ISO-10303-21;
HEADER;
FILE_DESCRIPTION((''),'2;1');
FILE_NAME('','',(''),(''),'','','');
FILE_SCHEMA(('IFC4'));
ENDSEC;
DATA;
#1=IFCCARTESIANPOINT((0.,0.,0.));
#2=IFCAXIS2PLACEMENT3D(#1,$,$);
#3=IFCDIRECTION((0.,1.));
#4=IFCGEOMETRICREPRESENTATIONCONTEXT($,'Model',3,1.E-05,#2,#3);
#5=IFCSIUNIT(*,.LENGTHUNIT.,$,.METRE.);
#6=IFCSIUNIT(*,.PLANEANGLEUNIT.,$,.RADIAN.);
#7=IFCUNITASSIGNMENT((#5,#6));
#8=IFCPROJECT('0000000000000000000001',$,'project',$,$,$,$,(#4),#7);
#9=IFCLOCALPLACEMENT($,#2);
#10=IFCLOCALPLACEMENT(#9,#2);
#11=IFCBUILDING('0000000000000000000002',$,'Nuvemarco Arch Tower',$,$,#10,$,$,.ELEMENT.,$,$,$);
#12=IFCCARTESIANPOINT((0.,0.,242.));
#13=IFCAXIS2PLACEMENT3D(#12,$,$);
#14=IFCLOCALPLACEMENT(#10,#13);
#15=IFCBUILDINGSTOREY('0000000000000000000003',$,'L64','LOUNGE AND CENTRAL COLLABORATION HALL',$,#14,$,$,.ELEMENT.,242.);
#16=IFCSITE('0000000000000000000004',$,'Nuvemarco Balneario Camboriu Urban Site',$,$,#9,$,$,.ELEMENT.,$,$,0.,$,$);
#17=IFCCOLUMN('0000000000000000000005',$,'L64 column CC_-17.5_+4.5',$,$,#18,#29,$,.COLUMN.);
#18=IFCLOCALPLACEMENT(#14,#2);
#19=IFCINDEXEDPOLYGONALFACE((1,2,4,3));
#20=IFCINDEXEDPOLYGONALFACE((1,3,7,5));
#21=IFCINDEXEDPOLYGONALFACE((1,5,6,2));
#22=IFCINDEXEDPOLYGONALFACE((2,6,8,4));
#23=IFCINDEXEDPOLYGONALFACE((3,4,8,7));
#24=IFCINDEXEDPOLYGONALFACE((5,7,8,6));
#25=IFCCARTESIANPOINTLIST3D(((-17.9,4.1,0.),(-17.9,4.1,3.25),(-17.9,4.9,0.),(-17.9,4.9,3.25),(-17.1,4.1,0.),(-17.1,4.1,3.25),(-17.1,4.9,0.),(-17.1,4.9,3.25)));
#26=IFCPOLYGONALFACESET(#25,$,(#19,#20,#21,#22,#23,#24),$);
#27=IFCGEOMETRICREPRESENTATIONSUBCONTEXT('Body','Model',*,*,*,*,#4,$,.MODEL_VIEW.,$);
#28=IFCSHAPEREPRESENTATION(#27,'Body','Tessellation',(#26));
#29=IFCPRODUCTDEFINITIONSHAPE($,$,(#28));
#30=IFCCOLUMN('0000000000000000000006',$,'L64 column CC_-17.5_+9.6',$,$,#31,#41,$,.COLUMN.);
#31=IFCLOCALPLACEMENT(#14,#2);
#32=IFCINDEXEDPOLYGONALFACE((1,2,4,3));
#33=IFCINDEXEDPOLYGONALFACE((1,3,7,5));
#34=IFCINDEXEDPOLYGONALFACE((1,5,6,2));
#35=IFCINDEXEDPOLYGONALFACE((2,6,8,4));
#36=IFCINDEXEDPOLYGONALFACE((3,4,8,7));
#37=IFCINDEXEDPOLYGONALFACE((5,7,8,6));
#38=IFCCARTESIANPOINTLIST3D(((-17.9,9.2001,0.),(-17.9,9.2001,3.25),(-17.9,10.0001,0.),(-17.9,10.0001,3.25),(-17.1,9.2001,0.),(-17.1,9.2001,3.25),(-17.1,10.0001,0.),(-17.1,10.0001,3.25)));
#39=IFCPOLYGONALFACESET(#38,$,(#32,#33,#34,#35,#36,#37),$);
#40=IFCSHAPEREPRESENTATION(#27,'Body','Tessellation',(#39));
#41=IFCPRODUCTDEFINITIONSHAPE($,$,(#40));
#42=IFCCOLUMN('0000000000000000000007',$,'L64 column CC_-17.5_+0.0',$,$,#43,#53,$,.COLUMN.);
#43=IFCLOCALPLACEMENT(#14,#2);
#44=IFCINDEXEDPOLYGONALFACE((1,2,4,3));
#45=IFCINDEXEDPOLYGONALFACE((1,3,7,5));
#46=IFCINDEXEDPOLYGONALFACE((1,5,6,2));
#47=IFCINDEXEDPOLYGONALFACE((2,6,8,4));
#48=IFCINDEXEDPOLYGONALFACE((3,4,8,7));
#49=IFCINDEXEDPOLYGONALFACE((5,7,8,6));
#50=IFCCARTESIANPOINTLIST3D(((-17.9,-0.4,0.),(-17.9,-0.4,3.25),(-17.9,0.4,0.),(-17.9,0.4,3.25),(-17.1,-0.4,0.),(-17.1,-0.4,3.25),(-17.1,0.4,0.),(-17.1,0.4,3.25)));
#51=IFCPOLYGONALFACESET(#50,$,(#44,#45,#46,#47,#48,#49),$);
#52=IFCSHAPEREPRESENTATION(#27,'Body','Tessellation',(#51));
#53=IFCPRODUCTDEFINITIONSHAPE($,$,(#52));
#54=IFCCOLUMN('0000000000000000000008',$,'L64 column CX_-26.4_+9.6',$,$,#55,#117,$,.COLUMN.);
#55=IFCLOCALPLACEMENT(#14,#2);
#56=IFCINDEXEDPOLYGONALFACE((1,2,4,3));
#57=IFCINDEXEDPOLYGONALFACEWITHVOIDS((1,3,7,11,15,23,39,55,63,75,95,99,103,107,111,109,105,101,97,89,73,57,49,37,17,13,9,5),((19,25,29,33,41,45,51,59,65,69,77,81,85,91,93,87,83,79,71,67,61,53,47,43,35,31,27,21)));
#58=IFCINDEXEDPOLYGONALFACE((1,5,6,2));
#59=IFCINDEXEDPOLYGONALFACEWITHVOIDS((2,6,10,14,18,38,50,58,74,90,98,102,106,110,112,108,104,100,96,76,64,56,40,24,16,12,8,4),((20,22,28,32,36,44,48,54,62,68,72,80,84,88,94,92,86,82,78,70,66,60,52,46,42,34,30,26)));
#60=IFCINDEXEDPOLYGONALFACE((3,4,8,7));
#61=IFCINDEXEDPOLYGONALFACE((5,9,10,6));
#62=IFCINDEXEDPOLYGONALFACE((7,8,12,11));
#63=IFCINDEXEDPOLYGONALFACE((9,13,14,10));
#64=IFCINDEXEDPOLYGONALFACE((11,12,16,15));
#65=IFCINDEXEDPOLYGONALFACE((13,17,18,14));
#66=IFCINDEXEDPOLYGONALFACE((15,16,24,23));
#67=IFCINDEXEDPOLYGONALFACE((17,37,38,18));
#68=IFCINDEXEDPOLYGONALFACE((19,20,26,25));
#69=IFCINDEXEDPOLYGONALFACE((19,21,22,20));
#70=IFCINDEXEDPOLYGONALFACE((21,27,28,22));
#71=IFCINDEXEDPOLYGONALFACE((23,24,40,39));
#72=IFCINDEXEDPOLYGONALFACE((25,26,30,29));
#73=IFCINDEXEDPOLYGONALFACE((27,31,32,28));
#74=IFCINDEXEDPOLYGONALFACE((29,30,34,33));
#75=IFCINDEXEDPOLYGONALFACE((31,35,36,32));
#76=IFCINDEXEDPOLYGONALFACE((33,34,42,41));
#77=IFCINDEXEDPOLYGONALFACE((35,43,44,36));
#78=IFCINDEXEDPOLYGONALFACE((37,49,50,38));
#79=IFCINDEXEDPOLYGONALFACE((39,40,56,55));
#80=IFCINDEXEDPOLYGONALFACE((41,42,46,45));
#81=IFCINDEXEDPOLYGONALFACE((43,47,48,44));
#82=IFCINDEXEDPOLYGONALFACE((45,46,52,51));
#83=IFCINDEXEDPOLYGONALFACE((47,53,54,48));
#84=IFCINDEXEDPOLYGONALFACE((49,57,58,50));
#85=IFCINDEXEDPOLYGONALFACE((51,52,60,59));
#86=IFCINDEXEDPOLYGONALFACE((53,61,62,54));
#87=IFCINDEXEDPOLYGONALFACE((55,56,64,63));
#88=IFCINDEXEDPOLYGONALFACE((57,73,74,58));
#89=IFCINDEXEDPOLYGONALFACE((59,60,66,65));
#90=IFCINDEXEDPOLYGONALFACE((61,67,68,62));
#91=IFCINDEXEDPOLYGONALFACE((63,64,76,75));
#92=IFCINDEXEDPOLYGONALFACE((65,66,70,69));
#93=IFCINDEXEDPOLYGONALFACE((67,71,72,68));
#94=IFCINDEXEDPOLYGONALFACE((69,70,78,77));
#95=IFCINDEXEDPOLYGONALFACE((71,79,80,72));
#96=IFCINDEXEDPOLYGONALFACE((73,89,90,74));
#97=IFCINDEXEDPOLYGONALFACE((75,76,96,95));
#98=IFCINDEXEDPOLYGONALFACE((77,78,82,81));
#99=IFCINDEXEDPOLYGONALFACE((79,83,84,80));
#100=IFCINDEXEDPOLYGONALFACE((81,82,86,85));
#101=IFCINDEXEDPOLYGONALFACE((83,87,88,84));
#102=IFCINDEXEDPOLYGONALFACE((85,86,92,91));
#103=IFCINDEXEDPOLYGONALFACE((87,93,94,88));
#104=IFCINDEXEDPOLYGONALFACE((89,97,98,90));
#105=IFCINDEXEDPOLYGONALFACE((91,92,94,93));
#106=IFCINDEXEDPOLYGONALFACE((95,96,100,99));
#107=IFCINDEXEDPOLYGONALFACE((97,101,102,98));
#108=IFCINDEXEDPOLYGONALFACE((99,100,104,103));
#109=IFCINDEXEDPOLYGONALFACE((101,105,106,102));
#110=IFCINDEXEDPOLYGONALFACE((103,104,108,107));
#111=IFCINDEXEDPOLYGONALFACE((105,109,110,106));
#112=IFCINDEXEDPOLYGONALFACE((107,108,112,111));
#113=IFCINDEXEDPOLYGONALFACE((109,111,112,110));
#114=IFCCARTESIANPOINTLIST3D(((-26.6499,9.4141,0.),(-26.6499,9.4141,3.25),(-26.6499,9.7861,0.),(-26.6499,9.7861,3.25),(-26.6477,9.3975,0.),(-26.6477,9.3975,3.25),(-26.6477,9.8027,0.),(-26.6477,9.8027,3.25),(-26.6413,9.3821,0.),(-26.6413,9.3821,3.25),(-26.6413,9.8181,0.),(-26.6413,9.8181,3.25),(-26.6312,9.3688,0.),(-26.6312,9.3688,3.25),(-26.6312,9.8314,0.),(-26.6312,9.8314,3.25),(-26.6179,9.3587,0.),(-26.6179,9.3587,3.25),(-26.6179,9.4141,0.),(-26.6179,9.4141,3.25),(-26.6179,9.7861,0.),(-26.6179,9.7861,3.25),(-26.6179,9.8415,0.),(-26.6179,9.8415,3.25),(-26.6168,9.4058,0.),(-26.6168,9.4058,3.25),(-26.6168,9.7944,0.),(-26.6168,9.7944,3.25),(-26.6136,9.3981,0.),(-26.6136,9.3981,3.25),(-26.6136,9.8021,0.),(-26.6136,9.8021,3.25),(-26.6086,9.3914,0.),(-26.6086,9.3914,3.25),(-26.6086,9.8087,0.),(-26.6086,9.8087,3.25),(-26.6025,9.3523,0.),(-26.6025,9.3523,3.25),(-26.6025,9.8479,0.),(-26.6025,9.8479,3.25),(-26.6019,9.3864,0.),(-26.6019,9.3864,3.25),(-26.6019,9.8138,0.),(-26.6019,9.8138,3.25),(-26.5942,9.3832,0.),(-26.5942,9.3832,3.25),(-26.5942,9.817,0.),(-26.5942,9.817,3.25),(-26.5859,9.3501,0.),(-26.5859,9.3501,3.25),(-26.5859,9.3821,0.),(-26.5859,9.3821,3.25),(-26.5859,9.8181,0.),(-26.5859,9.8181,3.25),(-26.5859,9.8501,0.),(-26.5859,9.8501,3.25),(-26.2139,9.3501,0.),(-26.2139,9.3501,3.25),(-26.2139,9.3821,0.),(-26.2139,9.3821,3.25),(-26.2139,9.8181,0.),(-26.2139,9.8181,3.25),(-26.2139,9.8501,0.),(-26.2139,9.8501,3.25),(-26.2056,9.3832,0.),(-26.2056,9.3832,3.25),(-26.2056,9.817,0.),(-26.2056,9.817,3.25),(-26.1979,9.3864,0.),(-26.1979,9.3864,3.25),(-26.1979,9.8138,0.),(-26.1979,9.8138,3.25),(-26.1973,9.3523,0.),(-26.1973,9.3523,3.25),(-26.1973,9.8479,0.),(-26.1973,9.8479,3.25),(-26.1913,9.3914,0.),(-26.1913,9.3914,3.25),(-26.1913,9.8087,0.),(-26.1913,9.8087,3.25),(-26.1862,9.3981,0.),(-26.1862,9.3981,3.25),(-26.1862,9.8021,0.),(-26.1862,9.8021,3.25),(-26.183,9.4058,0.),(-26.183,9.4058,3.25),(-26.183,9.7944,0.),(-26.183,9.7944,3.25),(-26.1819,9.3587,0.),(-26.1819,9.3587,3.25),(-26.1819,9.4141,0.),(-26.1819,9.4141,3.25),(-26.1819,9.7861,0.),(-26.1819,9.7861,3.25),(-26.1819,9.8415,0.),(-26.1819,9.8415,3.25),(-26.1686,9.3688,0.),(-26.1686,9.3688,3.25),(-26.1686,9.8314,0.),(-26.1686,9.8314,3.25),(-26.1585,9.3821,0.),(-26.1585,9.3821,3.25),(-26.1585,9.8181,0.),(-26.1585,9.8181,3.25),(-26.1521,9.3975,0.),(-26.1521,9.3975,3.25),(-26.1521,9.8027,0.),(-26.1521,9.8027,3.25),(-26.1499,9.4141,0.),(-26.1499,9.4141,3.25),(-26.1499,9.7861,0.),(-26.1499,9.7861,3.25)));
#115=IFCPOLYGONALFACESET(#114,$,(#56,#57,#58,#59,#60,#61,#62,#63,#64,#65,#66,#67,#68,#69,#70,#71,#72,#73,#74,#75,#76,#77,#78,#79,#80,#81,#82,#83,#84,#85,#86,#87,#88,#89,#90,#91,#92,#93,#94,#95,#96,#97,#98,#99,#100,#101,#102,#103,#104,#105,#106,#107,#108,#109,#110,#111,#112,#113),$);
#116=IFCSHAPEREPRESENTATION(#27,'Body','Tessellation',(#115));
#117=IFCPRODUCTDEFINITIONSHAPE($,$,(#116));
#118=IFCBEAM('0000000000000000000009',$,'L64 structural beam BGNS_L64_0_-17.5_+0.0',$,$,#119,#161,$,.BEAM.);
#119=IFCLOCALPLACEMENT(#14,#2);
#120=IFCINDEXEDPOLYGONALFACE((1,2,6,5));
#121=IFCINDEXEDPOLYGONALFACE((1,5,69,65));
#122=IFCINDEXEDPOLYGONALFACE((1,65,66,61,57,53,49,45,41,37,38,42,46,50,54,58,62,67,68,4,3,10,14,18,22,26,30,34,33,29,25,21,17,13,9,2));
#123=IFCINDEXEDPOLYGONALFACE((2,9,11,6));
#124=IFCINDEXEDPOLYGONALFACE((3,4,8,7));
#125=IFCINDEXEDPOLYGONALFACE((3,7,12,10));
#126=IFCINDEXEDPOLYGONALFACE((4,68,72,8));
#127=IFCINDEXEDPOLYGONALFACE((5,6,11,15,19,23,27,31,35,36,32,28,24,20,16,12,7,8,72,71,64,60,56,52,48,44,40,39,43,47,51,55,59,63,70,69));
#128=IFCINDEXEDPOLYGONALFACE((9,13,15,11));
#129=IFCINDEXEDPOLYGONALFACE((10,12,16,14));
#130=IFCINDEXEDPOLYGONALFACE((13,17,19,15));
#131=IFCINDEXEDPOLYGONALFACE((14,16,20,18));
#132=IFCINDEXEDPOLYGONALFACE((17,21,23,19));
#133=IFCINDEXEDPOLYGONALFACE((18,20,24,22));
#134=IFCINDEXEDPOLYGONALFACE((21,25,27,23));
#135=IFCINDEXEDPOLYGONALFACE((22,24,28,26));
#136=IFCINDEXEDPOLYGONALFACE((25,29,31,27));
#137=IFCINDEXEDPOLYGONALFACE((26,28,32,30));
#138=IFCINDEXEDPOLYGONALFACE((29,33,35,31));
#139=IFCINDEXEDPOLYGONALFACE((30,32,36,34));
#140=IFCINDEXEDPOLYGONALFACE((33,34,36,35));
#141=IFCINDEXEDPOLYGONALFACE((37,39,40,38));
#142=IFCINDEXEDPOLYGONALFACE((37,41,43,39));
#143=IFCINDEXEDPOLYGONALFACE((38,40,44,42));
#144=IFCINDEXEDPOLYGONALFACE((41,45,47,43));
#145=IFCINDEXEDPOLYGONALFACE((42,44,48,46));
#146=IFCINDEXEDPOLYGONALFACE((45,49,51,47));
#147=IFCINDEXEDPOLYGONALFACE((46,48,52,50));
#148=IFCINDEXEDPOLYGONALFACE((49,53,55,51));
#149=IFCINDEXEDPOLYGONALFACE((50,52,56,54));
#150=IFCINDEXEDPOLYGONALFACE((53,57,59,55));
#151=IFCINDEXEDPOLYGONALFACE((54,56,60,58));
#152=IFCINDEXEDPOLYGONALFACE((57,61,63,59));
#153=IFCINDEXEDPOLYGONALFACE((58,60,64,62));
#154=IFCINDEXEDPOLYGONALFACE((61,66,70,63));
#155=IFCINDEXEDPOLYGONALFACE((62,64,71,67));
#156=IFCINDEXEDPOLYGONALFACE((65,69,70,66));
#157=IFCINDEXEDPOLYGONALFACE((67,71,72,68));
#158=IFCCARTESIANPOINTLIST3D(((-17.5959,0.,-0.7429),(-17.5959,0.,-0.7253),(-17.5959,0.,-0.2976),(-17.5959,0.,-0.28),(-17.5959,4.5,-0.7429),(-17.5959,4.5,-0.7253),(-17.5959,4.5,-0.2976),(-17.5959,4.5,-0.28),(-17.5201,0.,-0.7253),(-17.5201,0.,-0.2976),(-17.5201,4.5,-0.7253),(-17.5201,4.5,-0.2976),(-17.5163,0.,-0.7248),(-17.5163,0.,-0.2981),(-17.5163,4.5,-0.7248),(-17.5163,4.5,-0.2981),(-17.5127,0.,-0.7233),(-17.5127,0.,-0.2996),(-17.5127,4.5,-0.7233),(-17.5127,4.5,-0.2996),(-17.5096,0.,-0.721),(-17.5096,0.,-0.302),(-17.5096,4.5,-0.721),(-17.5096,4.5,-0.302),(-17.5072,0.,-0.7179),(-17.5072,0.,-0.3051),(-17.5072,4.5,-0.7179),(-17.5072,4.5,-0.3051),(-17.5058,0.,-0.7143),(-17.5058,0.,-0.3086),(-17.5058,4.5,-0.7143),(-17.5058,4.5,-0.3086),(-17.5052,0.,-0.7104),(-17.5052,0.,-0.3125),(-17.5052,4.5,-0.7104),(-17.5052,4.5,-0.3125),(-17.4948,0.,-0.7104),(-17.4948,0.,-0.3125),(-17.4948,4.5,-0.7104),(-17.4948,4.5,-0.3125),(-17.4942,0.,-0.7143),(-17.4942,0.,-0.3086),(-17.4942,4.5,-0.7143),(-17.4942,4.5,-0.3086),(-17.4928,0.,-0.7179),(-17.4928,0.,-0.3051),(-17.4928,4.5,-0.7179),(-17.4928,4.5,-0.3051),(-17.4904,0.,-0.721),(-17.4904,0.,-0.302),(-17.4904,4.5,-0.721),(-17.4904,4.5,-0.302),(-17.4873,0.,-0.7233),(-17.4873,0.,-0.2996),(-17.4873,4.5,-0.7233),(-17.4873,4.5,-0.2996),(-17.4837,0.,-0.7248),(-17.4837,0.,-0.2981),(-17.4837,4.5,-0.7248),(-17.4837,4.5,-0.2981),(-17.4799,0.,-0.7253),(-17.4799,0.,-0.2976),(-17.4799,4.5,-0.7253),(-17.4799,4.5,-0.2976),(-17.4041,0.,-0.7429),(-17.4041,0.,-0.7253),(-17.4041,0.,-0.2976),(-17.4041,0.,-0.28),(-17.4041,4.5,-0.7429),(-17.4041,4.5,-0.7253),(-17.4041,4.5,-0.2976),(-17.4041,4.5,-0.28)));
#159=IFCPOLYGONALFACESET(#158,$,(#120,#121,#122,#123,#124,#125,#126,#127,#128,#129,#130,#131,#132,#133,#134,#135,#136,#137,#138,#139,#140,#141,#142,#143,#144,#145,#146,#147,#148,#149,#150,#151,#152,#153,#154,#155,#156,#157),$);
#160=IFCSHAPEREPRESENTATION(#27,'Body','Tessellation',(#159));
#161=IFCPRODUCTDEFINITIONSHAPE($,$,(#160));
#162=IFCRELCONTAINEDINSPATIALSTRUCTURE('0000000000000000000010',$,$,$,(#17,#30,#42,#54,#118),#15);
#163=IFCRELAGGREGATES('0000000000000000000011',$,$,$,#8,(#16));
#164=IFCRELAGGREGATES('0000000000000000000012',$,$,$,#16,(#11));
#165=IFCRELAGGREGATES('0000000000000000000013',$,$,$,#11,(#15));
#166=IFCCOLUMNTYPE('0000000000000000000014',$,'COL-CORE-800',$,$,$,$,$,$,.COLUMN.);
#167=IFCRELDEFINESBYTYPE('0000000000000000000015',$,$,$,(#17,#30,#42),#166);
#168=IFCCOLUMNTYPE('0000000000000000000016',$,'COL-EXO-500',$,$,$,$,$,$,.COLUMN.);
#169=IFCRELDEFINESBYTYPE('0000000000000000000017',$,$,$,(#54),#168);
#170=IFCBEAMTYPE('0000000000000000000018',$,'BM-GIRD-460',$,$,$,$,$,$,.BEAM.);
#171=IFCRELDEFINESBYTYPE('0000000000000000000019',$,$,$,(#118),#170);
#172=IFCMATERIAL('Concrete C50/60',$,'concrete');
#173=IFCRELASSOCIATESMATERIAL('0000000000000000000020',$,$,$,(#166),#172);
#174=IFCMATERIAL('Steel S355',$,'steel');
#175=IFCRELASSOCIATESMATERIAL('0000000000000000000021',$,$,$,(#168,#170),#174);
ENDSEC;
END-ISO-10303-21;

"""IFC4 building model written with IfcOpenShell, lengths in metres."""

from ifc_helpers import new_model, si_unit, direction, frame, origin, origin_2d, place, context, subcontext, project, spatial, rectangle, hollow_rectangle, i_section, extrude, material, material_profile, profile_set, type_object, element, save


model = new_model("IFC4")

# Units and contexts
model_context = context("Model", 3, precision=1e-05, world=origin(), true_north=direction((0.0, 1.0)))
body_context = subcontext(model_context, "Body", "Model", "MODEL_VIEW")
ifc_project = project(units=[si_unit("LENGTHUNIT", "METRE"), si_unit("PLANEANGLEUNIT", "RADIAN")], contexts=[model_context])

# Site, building, storey
site_placement = place(None, origin())
site = spatial("IfcSite", under=ifc_project, at=site_placement, Name="Nuvemarco Balneario Camboriu Urban Site", CompositionType="ELEMENT", RefElevation=0.0)
building_placement = place(site_placement, origin())
building = spatial("IfcBuilding", under=site, at=building_placement, Name="Nuvemarco Arch Tower", CompositionType="ELEMENT")
storey_placement = place(building_placement, frame((0.0, 0.0, 242.0)))
storey = spatial("IfcBuildingStorey", under=building, at=storey_placement, Name="L64", Description="LOUNGE AND CENTRAL COLLABORATION HALL", CompositionType="ELEMENT", Elevation=242.0)

# Columns
ifc_material_1 = material(Name="Concrete C50/60", Category="concrete")
ifc_material_profile_1 = material_profile(ifc_material_1, rectangle(XDim=0.8, YDim=0.8, at=origin_2d()), Name="RC-COL-800x800")
ifc_profile_set_1 = profile_set([ifc_material_profile_1], Name="Concrete C50/60")
column_type_1 = type_object("IfcColumnType", Name="COL-CORE-800", PredefinedType="COLUMN", material=ifc_profile_set_1)
for number, where, z_axis, x_axis, name in (
    (1, (-17.5, 4.5, 0.0), (0.0, 0.0, 1.0), (1.0, 0.0, 0.0), "L64 column CC_-17.5_+4.5"),
    (2, (-17.5, 9.6001, 0.0), (0.0, 0.0, 1.0), (1.0, 0.0, 0.0), "L64 column CC_-17.5_+9.6"),
    (3, (-17.5, 0.0, 0.0), (0.0, 0.0, 1.0), (1.0, 0.0, 0.0), "L64 column CC_-17.5_+0.0"),
):
    element("IfcColumn", number, at=place(storey_placement, frame(where, z_axis=z_axis, x_axis=x_axis)), inside=storey, type_object=column_type_1, Name=name, PredefinedType="COLUMN", context=body_context, shape_type="SweptSolid", body=[
        extrude(rectangle(XDim=0.8, YDim=0.8, at=origin_2d()), origin(), (0.0, 0.0, 1.0), 3.25),
    ])
ifc_material_2 = material(Name="Steel S355", Category="steel")
ifc_material_profile_2 = material_profile(ifc_material_2, hollow_rectangle(XDim=0.5, YDim=0.5, WallThickness=0.032, InnerFilletRadius=0.032, OuterFilletRadius=0.064, at=origin_2d()), Name="SHS500x500x32")
ifc_profile_set_2 = profile_set([ifc_material_profile_2], Name="Steel S355")
column_type_2 = type_object("IfcColumnType", Name="COL-EXO-500", PredefinedType="COLUMN", material=ifc_profile_set_2)
column_placement = place(storey_placement, frame((-26.3999, 9.6001, 0.0), z_axis=(0.0, 0.0, 1.0), x_axis=(1.0, 0.0, 0.0)))
element("IfcColumn", 4, at=column_placement, inside=storey, type_object=column_type_2, Name="L64 column CX_-26.4_+9.6", PredefinedType="COLUMN", context=body_context, shape_type="SweptSolid", body=[
    extrude(hollow_rectangle(XDim=0.5, YDim=0.5, WallThickness=0.032, InnerFilletRadius=0.032, OuterFilletRadius=0.064, at=origin_2d()), origin(), (0.0, 0.0, 1.0), 3.25),
])

# Beam
ifc_material_profile_3 = material_profile(ifc_material_2, i_section(OverallWidth=0.1919, OverallDepth=0.4629, WebThickness=0.0105, FlangeThickness=0.0176, FilletRadius=0.0149, at=origin_2d()), Name="W460x89")
ifc_profile_set_3 = profile_set([ifc_material_profile_3], Name="Steel S355")
beam_type_1 = type_object("IfcBeamType", Name="BM-GIRD-460", PredefinedType="BEAM", material=ifc_profile_set_3)
beam_1_placement = place(storey_placement, frame((-17.5, 0.0, -0.5115), z_axis=(0.0, 1.0, 0.0), x_axis=(-1.0, 0.0, 0.0)))
element("IfcBeam", 5, at=beam_1_placement, inside=storey, type_object=beam_type_1, Name="L64 structural beam BGNS_L64_0_-17.5_+0.0", PredefinedType="BEAM", context=body_context, shape_type="SweptSolid", body=[
    extrude(i_section(OverallWidth=0.1919, OverallDepth=0.4629, WebThickness=0.0105, FlangeThickness=0.0176, FilletRadius=0.0149, at=origin_2d()), origin(), (0.0, 0.0, 1.0), 4.5),
])

save(model, "model.ifc")
